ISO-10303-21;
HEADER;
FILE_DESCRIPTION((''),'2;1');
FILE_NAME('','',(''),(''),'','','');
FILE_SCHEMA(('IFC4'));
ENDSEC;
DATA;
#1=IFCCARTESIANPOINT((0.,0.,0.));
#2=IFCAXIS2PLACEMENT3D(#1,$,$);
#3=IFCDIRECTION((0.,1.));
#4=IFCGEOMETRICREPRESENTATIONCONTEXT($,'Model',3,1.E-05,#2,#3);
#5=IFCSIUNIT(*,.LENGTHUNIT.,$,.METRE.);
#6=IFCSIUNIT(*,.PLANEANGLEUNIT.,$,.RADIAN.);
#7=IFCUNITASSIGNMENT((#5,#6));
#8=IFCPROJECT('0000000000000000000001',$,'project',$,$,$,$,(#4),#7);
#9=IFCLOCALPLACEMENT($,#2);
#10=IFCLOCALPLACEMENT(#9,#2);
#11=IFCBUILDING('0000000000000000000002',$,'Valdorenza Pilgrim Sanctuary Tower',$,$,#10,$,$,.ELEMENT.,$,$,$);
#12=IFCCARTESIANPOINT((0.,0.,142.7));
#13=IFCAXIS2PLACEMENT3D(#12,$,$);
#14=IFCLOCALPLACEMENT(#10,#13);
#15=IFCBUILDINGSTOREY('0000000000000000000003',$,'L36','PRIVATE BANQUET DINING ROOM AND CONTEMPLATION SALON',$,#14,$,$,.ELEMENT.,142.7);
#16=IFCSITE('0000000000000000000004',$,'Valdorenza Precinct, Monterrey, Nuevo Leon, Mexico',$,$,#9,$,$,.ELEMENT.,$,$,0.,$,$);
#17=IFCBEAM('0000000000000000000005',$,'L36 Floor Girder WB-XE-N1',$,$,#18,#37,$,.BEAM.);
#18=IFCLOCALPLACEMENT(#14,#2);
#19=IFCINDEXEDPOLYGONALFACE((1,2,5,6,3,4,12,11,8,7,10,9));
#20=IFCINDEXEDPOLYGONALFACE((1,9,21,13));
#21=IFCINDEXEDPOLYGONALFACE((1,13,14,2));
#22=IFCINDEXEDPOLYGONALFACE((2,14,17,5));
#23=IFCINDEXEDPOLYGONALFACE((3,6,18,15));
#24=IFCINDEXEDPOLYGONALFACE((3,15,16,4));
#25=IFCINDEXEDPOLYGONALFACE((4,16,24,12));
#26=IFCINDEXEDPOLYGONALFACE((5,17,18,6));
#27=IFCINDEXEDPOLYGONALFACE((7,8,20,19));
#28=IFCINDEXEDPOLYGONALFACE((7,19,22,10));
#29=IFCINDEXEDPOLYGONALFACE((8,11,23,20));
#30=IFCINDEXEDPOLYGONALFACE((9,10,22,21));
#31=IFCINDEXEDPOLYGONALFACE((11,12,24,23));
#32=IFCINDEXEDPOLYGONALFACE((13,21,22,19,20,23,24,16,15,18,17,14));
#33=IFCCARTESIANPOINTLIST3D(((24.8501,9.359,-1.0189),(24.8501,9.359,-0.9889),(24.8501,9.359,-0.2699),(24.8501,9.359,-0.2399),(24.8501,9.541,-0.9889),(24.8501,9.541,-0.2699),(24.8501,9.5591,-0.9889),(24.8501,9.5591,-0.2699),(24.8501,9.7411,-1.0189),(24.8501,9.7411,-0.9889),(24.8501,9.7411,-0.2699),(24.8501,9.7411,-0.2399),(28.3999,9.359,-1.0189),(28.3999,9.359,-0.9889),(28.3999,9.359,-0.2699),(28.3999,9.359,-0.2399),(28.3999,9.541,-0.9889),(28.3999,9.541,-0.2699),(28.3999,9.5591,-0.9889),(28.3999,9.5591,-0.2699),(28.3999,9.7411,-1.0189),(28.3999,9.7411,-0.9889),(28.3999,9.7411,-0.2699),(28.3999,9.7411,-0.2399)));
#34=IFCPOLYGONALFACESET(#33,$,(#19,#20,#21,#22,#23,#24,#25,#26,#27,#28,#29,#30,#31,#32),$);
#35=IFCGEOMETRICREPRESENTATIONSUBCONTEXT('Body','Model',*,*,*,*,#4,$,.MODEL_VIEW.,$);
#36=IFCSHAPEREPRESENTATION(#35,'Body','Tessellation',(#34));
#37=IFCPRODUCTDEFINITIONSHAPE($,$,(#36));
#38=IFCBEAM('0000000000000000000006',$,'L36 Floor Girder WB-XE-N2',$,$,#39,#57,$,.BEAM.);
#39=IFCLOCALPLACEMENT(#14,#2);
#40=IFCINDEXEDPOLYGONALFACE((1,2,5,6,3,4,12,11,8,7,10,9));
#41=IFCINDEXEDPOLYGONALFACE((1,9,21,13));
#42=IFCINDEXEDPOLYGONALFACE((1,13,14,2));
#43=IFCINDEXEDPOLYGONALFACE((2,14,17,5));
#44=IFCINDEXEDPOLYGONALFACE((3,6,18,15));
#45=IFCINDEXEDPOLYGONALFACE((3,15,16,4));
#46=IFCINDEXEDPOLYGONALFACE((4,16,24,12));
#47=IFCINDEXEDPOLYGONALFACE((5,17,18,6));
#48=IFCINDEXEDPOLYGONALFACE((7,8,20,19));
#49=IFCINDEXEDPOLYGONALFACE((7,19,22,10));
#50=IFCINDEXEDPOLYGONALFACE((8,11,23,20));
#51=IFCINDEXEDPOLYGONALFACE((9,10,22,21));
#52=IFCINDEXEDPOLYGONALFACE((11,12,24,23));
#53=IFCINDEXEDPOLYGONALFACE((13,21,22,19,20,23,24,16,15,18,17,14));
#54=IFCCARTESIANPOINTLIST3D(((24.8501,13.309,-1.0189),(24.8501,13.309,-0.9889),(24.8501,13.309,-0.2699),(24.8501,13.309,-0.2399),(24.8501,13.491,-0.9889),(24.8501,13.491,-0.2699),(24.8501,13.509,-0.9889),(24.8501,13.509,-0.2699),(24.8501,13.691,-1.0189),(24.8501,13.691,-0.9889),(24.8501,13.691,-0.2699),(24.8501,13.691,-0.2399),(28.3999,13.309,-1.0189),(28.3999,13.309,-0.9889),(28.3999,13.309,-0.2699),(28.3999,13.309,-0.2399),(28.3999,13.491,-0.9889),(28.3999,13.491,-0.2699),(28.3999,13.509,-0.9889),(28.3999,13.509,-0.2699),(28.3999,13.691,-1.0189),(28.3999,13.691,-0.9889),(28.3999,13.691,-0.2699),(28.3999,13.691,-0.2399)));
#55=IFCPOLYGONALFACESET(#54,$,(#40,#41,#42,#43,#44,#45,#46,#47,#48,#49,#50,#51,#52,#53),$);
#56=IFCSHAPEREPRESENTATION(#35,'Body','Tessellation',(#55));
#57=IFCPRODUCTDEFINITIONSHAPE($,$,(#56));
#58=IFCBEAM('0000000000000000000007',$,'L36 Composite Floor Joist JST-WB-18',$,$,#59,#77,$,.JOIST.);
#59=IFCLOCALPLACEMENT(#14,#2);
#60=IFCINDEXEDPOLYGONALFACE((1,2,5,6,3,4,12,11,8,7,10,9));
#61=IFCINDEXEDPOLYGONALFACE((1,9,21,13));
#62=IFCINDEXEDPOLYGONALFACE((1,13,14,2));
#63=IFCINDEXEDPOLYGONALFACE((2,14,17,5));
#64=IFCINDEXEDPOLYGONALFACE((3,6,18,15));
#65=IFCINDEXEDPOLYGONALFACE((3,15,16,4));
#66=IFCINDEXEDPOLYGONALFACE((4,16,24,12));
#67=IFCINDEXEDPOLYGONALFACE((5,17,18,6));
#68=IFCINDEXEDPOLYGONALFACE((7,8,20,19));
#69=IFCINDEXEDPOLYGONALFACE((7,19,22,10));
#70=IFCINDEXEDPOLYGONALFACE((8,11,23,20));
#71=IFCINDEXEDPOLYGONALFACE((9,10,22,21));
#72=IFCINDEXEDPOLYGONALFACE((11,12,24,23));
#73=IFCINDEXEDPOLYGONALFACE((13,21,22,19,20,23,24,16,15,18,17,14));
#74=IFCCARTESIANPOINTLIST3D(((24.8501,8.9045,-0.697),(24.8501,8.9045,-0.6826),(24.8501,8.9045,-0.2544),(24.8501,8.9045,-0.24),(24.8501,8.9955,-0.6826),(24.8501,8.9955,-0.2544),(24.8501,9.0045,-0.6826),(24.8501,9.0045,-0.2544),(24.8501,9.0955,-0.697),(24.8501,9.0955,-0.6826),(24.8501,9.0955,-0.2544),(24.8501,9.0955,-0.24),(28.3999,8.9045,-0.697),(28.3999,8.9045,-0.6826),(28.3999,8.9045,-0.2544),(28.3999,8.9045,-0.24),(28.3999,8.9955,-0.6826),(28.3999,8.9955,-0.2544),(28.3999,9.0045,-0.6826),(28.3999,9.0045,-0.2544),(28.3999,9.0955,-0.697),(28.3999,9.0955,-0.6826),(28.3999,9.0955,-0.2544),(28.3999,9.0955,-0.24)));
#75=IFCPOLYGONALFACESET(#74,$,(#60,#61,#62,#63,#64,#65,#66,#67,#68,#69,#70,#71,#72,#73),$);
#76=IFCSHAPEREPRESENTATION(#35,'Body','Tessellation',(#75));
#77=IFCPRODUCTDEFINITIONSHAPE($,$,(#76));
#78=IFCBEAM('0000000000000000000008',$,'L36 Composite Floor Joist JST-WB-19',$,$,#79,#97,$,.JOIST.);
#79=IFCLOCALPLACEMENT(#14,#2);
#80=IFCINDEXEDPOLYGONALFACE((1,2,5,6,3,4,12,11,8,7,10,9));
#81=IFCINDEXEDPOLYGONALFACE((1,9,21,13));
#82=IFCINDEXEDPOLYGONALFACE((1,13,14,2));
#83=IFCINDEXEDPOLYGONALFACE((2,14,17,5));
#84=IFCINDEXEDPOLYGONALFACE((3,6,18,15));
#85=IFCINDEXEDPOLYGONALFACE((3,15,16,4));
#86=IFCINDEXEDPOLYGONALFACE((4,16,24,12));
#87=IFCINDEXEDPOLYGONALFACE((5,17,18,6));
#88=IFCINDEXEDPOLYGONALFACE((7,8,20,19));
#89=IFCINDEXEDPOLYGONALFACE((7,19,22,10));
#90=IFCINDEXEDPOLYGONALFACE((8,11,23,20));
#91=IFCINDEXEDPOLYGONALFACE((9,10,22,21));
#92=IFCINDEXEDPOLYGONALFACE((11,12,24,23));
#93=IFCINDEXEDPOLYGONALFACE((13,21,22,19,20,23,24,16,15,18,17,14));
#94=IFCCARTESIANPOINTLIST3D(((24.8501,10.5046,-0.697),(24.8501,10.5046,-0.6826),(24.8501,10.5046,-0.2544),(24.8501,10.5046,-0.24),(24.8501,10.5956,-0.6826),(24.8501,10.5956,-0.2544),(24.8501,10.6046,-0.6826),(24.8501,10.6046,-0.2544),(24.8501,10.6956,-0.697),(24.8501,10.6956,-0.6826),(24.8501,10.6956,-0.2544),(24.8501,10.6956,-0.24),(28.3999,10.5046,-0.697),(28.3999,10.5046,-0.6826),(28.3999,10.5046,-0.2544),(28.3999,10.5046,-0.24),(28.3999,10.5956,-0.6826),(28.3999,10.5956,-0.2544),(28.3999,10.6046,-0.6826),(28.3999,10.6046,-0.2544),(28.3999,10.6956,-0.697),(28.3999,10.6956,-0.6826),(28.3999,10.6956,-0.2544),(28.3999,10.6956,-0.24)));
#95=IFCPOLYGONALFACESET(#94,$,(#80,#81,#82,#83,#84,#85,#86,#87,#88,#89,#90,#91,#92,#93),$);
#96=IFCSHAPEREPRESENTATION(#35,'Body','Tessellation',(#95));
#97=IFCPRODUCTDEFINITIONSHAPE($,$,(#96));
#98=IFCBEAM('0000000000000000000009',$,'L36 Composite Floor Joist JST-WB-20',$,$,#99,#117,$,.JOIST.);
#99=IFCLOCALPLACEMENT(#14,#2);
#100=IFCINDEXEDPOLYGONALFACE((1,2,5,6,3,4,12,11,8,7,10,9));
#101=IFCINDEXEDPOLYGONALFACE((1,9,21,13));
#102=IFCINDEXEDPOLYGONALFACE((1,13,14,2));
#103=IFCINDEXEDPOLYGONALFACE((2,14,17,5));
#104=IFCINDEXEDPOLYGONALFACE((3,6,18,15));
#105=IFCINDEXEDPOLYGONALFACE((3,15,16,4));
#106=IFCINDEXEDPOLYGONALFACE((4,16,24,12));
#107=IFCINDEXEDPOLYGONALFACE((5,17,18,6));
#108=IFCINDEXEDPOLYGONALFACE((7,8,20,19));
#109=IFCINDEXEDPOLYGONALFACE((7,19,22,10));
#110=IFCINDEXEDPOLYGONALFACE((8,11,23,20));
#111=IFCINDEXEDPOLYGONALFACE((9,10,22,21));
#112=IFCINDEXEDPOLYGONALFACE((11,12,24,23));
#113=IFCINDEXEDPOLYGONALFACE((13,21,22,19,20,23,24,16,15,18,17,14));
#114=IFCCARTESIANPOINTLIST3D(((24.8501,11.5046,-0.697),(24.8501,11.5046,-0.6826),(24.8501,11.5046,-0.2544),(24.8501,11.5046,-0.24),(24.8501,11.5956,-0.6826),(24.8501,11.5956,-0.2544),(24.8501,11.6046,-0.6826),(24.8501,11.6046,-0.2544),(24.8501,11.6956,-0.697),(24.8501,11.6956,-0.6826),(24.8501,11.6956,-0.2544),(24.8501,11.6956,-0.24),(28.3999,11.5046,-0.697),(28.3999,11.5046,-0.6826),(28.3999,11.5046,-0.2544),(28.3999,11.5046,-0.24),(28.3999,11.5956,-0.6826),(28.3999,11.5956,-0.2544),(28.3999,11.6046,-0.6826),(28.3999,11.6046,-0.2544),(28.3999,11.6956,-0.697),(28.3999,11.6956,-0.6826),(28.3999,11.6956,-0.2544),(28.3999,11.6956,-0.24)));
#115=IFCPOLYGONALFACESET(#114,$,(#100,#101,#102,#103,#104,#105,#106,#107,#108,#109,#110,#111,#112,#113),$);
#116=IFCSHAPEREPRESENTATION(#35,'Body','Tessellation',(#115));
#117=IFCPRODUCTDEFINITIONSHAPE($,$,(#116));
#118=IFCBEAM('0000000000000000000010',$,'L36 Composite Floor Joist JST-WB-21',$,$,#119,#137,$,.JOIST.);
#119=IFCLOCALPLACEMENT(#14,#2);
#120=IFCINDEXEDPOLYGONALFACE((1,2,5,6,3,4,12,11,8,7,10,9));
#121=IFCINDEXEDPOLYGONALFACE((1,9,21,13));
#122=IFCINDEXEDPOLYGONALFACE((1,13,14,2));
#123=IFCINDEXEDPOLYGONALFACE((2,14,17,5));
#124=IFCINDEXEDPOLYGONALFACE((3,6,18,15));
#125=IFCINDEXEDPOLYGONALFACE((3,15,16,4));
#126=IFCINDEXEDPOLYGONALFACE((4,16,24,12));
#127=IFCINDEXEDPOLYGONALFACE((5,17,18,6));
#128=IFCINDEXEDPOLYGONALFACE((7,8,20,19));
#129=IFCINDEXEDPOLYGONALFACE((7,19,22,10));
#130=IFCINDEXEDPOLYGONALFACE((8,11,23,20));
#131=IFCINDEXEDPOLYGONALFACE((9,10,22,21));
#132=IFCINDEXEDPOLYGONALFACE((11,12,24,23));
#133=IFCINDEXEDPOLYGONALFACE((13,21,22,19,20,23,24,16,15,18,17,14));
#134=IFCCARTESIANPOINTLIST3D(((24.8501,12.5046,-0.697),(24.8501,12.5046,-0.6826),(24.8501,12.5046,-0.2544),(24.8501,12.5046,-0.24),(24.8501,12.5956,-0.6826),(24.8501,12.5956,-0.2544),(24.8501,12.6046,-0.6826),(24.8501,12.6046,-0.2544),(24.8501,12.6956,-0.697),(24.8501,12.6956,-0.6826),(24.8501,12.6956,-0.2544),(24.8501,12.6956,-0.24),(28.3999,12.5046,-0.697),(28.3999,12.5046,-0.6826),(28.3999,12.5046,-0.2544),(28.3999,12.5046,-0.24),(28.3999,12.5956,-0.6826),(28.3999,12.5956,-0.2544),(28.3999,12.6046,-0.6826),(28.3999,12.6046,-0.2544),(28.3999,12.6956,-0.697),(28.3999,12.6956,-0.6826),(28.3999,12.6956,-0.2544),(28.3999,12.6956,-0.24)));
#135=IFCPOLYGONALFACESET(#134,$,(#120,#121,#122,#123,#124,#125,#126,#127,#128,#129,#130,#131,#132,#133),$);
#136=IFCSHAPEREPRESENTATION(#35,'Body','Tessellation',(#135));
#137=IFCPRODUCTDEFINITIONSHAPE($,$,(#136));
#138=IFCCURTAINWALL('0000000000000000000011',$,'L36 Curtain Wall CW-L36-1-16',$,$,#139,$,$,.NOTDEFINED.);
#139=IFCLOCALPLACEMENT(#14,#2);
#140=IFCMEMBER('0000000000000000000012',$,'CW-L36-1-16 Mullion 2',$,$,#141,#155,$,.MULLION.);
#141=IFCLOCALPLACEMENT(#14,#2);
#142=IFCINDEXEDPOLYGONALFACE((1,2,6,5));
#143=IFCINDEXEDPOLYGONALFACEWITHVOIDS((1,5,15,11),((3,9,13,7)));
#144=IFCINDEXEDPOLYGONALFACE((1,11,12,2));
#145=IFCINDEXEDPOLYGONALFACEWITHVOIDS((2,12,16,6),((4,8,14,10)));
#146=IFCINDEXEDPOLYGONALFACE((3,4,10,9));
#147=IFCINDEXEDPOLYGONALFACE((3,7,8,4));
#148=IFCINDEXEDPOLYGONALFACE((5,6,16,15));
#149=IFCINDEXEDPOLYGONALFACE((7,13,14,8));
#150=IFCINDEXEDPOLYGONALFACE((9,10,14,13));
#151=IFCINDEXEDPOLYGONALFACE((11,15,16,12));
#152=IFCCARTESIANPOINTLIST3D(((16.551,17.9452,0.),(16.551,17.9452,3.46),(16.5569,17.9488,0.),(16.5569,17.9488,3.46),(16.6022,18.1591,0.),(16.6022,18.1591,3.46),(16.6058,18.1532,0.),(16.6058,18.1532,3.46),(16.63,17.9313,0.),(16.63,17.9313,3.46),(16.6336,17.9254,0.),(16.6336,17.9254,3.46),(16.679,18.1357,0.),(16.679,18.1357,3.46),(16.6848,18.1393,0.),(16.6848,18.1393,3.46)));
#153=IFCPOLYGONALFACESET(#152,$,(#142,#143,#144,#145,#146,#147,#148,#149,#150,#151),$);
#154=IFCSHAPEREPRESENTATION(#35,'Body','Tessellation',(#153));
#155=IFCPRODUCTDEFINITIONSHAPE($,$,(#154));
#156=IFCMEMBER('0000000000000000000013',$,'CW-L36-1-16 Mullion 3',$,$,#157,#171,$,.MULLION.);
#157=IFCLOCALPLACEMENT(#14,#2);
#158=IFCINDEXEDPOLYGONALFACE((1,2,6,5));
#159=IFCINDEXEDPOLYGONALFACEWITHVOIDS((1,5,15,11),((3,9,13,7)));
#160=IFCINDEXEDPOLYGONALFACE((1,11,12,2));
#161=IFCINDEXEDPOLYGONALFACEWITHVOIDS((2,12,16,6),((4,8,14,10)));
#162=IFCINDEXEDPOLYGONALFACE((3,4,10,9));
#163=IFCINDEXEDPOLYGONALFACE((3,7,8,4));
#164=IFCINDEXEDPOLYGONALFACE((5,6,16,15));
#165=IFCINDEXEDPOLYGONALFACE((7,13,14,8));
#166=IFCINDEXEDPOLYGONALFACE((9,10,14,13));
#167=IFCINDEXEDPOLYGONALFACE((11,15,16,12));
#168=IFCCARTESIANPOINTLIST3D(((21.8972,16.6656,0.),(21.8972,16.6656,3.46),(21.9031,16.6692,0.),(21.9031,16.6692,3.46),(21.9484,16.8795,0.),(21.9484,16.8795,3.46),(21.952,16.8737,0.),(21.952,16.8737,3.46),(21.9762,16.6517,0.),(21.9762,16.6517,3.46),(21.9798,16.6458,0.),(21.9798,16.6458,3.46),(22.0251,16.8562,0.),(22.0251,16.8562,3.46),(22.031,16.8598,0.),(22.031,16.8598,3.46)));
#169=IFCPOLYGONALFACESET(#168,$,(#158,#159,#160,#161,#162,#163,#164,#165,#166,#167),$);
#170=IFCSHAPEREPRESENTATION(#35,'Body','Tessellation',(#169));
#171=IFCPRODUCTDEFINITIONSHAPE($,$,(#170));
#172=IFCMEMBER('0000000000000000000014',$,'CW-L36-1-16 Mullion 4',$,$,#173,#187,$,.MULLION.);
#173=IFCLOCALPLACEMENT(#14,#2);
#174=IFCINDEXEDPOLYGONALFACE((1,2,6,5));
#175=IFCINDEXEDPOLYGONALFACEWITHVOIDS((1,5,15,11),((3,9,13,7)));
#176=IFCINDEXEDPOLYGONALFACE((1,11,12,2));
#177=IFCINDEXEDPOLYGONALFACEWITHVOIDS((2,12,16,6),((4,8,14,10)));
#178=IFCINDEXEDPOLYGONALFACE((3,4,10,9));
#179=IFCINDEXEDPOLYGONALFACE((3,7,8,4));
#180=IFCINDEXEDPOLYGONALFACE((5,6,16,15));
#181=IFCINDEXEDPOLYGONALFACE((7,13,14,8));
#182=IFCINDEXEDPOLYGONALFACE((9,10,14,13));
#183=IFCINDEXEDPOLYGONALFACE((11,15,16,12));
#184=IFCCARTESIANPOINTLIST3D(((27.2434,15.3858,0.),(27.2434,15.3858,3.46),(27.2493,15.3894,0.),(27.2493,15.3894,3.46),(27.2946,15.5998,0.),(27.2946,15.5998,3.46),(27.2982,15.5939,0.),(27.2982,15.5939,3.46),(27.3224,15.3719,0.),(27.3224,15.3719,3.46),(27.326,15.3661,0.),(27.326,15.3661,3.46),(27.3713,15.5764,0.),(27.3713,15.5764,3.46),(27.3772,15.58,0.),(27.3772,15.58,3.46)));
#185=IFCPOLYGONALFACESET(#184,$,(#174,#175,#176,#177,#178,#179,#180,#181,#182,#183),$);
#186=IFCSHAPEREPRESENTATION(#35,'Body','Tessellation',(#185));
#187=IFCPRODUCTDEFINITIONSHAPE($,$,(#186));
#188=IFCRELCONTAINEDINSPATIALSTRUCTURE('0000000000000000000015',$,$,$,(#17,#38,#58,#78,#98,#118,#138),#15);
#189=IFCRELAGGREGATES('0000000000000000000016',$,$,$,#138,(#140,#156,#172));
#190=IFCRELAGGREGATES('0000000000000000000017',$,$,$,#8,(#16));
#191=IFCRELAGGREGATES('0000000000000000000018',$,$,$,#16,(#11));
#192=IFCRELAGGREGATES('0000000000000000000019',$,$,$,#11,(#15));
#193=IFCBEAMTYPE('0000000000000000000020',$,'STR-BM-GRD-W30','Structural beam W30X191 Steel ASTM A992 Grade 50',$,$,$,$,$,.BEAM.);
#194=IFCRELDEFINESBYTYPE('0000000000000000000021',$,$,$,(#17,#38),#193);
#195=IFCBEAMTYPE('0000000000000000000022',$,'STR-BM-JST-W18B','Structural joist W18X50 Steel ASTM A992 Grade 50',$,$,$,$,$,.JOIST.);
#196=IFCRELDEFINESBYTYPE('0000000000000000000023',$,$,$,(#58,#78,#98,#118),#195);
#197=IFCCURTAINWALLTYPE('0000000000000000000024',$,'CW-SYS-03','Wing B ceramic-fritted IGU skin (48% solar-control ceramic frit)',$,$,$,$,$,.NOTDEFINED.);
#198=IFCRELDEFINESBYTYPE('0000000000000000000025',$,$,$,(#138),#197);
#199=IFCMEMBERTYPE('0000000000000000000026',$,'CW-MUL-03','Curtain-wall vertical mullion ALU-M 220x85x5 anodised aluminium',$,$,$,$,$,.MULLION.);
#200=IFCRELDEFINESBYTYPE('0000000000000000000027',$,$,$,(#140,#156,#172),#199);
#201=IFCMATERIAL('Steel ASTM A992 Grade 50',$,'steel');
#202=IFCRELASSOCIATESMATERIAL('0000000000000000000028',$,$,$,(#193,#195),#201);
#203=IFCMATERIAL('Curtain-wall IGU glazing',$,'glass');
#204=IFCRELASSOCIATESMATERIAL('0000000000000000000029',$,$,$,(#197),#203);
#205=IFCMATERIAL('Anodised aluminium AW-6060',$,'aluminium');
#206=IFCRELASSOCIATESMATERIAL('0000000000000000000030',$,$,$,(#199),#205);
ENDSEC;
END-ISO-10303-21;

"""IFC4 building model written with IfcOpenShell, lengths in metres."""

from ifc_helpers import new_model, si_unit, direction, frame, origin, origin_2d, place, context, subcontext, project, spatial, hollow_rectangle, i_section, extrude, source, transform, mapped, material, material_profile, profile_set, type_object, element, aggregate, save


model = new_model("IFC4")

# Units and contexts
model_context = context("Model", 3, precision=1e-05, world=origin(), true_north=direction((0.0, 1.0)))
body_context = subcontext(model_context, "Body", "Model", "MODEL_VIEW")
ifc_project = project(units=[si_unit("LENGTHUNIT", "METRE"), si_unit("PLANEANGLEUNIT", "RADIAN")], contexts=[model_context])

# Site, building, storey
site_placement = place(None, origin())
site = spatial("IfcSite", under=ifc_project, at=site_placement, Name="Valdorenza Precinct, Monterrey, Nuevo Leon, Mexico", CompositionType="ELEMENT", RefElevation=0.0)
building_placement = place(site_placement, origin())
building = spatial("IfcBuilding", under=site, at=building_placement, Name="Valdorenza Pilgrim Sanctuary Tower", CompositionType="ELEMENT")
storey_placement = place(building_placement, frame((0.0, 0.0, 142.7)))
storey = spatial("IfcBuildingStorey", under=building, at=storey_placement, Name="L36", Description="PRIVATE BANQUET DINING ROOM AND CONTEMPLATION SALON", CompositionType="ELEMENT", Elevation=142.7)

# Shared definitions
ifc_material_1 = material(Name="Steel ASTM A992 Grade 50", Category="steel")

# Beams
ifc_material_profile_1 = material_profile(ifc_material_1, i_section(OverallWidth=0.3821, OverallDepth=0.7791, WebThickness=0.0181, FlangeThickness=0.03, at=origin_2d()), Name="W30X191")
ifc_profile_set_1 = profile_set([ifc_material_profile_1], Name="Steel ASTM A992 Grade 50")
beam_type_1 = type_object("IfcBeamType", Name="STR-BM-GRD-W30", Description="Structural beam W30X191 Steel ASTM A992 Grade 50", PredefinedType="BEAM", material=ifc_profile_set_1)
shared_shape_1 = source(origin(), body_context, "Body", "SweptSolid", [
    extrude(i_section(OverallWidth=0.3821, OverallDepth=0.7791, WebThickness=0.0181, FlangeThickness=0.03, at=origin_2d()), origin(), (0.0, 0.0, 1.0), 3.5498),
])
for number, where, z_axis, x_axis, name in (
    (1, (24.8501, 9.55, -0.6294), (1.0, 0.0, 0.0), (0.0, 1.0, 0.0), "L36 Floor Girder WB-XE-N1"),
    (2, (24.8501, 13.5, -0.6294), (1.0, 0.0, 0.0), (0.0, 1.0, 0.0), "L36 Floor Girder WB-XE-N2"),
):
    element("IfcBeam", number, at=place(storey_placement, frame(where, z_axis=z_axis, x_axis=x_axis)), inside=storey, type_object=beam_type_1, Name=name, PredefinedType="BEAM", context=body_context, shape_type="MappedRepresentation", body=[
        mapped(shared_shape_1, transform((0.0, 0.0, 0.0), x_axis=(1.0, 0.0, 0.0), y_axis=(0.0, 1.0, 0.0), z_axis=(0.0, 0.0, 1.0), scale=1.0)),
    ])
ifc_material_profile_2 = material_profile(ifc_material_1, i_section(OverallWidth=0.1909, OverallDepth=0.457, WebThickness=0.009, FlangeThickness=0.0144, at=origin_2d()), Name="W18X50")
ifc_profile_set_2 = profile_set([ifc_material_profile_2], Name="Steel ASTM A992 Grade 50")
beam_type_2 = type_object("IfcBeamType", Name="STR-BM-JST-W18B", Description="Structural joist W18X50 Steel ASTM A992 Grade 50", PredefinedType="JOIST", material=ifc_profile_set_2)
shared_shape_2 = source(origin(), body_context, "Body", "SweptSolid", [
    extrude(i_section(OverallWidth=0.1909, OverallDepth=0.457, WebThickness=0.009, FlangeThickness=0.0144, at=origin_2d()), origin(), (0.0, 0.0, 1.0), 3.5498),
])
for number, where, z_axis, x_axis, name in (
    (3, (24.8501, 9.0, -0.4685), (1.0, 0.0, 0.0), (0.0, 1.0, 0.0), "L36 Composite Floor Joist JST-WB-18"),
    (4, (24.8501, 10.6001, -0.4685), (1.0, 0.0, 0.0), (0.0, 1.0, 0.0), "L36 Composite Floor Joist JST-WB-19"),
    (5, (24.8501, 11.6001, -0.4685), (1.0, 0.0, 0.0), (0.0, 1.0, 0.0), "L36 Composite Floor Joist JST-WB-20"),
    (6, (24.8501, 12.6001, -0.4685), (1.0, 0.0, 0.0), (0.0, 1.0, 0.0), "L36 Composite Floor Joist JST-WB-21"),
):
    element("IfcBeam", number, at=place(storey_placement, frame(where, z_axis=z_axis, x_axis=x_axis)), inside=storey, type_object=beam_type_2, Name=name, PredefinedType="JOIST", context=body_context, shape_type="MappedRepresentation", body=[
        mapped(shared_shape_2, transform((0.0, 0.0, 0.0), x_axis=(1.0, 0.0, 0.0), y_axis=(0.0, 1.0, 0.0), z_axis=(0.0, 0.0, 1.0), scale=1.0)),
    ])

# Curtain wall, members
ifc_material_2 = material(Name="Curtain-wall IGU glazing", Category="glass")
curtain_wall_type = type_object("IfcCurtainWallType", Name="CW-SYS-03", Description="Wing B ceramic-fritted IGU skin (48% solar-control ceramic frit)", PredefinedType="NOTDEFINED", material=ifc_material_2)
curtain_wall_1_placement = place(storey_placement, origin())
curtain_wall_1 = element("IfcCurtainWall", 7, at=curtain_wall_1_placement, inside=storey, type_object=curtain_wall_type, Name="L36 Curtain Wall CW-L36-1-16", PredefinedType="NOTDEFINED")
ifc_material_3 = material(Name="Anodised aluminium AW-6060", Category="aluminium")
ifc_material_profile_3 = material_profile(ifc_material_3, hollow_rectangle(XDim=0.085, YDim=0.22, WallThickness=0.0049, at=origin_2d()), Name="ALU-M 220x85x5")
ifc_profile_set_3 = profile_set([ifc_material_profile_3], Name="Anodised aluminium AW-6060")
member_type_1 = type_object("IfcMemberType", Name="CW-MUL-03", Description="Curtain-wall vertical mullion ALU-M 220x85x5 anodised aluminium", PredefinedType="MULLION", material=ifc_profile_set_3)
shared_shape_3 = source(origin(), body_context, "Body", "SweptSolid", [
    extrude(hollow_rectangle(XDim=0.085, YDim=0.22, WallThickness=0.0049, at=origin_2d()), origin(), (0.0, 0.0, 1.0), 3.46),
])
member_1_placement = place(storey_placement, frame((16.6179, 18.0422, 0.0), z_axis=(0.0, 0.0, 1.0), x_axis=(0.972529, -0.232783, 0.0)))
member_1 = element("IfcMember", 8, at=member_1_placement, type_object=member_type_1, Name="CW-L36-1-16 Mullion 2", PredefinedType="MULLION", context=body_context, shape_type="MappedRepresentation", body=[
    mapped(shared_shape_3, transform((0.0, 0.0, 0.0), x_axis=(1.0, 0.0, 0.0), y_axis=(0.0, 1.0, 0.0), z_axis=(0.0, 0.0, 1.0), scale=1.0)),
])
member_2_placement = place(storey_placement, frame((21.9641, 16.7627, 0.0), z_axis=(0.0, 0.0, 1.0), x_axis=(0.972529, -0.232783, 0.0)))
member_2 = element("IfcMember", 9, at=member_2_placement, type_object=member_type_1, Name="CW-L36-1-16 Mullion 3", PredefinedType="MULLION", context=body_context, shape_type="MappedRepresentation", body=[
    mapped(shared_shape_3, transform((0.0, 0.0, 0.0), x_axis=(1.0, 0.0, 0.0), y_axis=(0.0, 1.0, 0.0), z_axis=(0.0, 0.0, 1.0), scale=1.0)),
])
member_3_placement = place(storey_placement, frame((27.3103, 15.4829, 0.0), z_axis=(0.0, 0.0, 1.0), x_axis=(0.972529, -0.232783, 0.0)))
member_3 = element("IfcMember", 10, at=member_3_placement, type_object=member_type_1, Name="CW-L36-1-16 Mullion 4", PredefinedType="MULLION", context=body_context, shape_type="MappedRepresentation", body=[
    mapped(shared_shape_3, transform((0.0, 0.0, 0.0), x_axis=(1.0, 0.0, 0.0), y_axis=(0.0, 1.0, 0.0), z_axis=(0.0, 0.0, 1.0), scale=1.0)),
])

aggregate(curtain_wall_1, [member_1, member_2, member_3])

save(model, "model.ifc")
